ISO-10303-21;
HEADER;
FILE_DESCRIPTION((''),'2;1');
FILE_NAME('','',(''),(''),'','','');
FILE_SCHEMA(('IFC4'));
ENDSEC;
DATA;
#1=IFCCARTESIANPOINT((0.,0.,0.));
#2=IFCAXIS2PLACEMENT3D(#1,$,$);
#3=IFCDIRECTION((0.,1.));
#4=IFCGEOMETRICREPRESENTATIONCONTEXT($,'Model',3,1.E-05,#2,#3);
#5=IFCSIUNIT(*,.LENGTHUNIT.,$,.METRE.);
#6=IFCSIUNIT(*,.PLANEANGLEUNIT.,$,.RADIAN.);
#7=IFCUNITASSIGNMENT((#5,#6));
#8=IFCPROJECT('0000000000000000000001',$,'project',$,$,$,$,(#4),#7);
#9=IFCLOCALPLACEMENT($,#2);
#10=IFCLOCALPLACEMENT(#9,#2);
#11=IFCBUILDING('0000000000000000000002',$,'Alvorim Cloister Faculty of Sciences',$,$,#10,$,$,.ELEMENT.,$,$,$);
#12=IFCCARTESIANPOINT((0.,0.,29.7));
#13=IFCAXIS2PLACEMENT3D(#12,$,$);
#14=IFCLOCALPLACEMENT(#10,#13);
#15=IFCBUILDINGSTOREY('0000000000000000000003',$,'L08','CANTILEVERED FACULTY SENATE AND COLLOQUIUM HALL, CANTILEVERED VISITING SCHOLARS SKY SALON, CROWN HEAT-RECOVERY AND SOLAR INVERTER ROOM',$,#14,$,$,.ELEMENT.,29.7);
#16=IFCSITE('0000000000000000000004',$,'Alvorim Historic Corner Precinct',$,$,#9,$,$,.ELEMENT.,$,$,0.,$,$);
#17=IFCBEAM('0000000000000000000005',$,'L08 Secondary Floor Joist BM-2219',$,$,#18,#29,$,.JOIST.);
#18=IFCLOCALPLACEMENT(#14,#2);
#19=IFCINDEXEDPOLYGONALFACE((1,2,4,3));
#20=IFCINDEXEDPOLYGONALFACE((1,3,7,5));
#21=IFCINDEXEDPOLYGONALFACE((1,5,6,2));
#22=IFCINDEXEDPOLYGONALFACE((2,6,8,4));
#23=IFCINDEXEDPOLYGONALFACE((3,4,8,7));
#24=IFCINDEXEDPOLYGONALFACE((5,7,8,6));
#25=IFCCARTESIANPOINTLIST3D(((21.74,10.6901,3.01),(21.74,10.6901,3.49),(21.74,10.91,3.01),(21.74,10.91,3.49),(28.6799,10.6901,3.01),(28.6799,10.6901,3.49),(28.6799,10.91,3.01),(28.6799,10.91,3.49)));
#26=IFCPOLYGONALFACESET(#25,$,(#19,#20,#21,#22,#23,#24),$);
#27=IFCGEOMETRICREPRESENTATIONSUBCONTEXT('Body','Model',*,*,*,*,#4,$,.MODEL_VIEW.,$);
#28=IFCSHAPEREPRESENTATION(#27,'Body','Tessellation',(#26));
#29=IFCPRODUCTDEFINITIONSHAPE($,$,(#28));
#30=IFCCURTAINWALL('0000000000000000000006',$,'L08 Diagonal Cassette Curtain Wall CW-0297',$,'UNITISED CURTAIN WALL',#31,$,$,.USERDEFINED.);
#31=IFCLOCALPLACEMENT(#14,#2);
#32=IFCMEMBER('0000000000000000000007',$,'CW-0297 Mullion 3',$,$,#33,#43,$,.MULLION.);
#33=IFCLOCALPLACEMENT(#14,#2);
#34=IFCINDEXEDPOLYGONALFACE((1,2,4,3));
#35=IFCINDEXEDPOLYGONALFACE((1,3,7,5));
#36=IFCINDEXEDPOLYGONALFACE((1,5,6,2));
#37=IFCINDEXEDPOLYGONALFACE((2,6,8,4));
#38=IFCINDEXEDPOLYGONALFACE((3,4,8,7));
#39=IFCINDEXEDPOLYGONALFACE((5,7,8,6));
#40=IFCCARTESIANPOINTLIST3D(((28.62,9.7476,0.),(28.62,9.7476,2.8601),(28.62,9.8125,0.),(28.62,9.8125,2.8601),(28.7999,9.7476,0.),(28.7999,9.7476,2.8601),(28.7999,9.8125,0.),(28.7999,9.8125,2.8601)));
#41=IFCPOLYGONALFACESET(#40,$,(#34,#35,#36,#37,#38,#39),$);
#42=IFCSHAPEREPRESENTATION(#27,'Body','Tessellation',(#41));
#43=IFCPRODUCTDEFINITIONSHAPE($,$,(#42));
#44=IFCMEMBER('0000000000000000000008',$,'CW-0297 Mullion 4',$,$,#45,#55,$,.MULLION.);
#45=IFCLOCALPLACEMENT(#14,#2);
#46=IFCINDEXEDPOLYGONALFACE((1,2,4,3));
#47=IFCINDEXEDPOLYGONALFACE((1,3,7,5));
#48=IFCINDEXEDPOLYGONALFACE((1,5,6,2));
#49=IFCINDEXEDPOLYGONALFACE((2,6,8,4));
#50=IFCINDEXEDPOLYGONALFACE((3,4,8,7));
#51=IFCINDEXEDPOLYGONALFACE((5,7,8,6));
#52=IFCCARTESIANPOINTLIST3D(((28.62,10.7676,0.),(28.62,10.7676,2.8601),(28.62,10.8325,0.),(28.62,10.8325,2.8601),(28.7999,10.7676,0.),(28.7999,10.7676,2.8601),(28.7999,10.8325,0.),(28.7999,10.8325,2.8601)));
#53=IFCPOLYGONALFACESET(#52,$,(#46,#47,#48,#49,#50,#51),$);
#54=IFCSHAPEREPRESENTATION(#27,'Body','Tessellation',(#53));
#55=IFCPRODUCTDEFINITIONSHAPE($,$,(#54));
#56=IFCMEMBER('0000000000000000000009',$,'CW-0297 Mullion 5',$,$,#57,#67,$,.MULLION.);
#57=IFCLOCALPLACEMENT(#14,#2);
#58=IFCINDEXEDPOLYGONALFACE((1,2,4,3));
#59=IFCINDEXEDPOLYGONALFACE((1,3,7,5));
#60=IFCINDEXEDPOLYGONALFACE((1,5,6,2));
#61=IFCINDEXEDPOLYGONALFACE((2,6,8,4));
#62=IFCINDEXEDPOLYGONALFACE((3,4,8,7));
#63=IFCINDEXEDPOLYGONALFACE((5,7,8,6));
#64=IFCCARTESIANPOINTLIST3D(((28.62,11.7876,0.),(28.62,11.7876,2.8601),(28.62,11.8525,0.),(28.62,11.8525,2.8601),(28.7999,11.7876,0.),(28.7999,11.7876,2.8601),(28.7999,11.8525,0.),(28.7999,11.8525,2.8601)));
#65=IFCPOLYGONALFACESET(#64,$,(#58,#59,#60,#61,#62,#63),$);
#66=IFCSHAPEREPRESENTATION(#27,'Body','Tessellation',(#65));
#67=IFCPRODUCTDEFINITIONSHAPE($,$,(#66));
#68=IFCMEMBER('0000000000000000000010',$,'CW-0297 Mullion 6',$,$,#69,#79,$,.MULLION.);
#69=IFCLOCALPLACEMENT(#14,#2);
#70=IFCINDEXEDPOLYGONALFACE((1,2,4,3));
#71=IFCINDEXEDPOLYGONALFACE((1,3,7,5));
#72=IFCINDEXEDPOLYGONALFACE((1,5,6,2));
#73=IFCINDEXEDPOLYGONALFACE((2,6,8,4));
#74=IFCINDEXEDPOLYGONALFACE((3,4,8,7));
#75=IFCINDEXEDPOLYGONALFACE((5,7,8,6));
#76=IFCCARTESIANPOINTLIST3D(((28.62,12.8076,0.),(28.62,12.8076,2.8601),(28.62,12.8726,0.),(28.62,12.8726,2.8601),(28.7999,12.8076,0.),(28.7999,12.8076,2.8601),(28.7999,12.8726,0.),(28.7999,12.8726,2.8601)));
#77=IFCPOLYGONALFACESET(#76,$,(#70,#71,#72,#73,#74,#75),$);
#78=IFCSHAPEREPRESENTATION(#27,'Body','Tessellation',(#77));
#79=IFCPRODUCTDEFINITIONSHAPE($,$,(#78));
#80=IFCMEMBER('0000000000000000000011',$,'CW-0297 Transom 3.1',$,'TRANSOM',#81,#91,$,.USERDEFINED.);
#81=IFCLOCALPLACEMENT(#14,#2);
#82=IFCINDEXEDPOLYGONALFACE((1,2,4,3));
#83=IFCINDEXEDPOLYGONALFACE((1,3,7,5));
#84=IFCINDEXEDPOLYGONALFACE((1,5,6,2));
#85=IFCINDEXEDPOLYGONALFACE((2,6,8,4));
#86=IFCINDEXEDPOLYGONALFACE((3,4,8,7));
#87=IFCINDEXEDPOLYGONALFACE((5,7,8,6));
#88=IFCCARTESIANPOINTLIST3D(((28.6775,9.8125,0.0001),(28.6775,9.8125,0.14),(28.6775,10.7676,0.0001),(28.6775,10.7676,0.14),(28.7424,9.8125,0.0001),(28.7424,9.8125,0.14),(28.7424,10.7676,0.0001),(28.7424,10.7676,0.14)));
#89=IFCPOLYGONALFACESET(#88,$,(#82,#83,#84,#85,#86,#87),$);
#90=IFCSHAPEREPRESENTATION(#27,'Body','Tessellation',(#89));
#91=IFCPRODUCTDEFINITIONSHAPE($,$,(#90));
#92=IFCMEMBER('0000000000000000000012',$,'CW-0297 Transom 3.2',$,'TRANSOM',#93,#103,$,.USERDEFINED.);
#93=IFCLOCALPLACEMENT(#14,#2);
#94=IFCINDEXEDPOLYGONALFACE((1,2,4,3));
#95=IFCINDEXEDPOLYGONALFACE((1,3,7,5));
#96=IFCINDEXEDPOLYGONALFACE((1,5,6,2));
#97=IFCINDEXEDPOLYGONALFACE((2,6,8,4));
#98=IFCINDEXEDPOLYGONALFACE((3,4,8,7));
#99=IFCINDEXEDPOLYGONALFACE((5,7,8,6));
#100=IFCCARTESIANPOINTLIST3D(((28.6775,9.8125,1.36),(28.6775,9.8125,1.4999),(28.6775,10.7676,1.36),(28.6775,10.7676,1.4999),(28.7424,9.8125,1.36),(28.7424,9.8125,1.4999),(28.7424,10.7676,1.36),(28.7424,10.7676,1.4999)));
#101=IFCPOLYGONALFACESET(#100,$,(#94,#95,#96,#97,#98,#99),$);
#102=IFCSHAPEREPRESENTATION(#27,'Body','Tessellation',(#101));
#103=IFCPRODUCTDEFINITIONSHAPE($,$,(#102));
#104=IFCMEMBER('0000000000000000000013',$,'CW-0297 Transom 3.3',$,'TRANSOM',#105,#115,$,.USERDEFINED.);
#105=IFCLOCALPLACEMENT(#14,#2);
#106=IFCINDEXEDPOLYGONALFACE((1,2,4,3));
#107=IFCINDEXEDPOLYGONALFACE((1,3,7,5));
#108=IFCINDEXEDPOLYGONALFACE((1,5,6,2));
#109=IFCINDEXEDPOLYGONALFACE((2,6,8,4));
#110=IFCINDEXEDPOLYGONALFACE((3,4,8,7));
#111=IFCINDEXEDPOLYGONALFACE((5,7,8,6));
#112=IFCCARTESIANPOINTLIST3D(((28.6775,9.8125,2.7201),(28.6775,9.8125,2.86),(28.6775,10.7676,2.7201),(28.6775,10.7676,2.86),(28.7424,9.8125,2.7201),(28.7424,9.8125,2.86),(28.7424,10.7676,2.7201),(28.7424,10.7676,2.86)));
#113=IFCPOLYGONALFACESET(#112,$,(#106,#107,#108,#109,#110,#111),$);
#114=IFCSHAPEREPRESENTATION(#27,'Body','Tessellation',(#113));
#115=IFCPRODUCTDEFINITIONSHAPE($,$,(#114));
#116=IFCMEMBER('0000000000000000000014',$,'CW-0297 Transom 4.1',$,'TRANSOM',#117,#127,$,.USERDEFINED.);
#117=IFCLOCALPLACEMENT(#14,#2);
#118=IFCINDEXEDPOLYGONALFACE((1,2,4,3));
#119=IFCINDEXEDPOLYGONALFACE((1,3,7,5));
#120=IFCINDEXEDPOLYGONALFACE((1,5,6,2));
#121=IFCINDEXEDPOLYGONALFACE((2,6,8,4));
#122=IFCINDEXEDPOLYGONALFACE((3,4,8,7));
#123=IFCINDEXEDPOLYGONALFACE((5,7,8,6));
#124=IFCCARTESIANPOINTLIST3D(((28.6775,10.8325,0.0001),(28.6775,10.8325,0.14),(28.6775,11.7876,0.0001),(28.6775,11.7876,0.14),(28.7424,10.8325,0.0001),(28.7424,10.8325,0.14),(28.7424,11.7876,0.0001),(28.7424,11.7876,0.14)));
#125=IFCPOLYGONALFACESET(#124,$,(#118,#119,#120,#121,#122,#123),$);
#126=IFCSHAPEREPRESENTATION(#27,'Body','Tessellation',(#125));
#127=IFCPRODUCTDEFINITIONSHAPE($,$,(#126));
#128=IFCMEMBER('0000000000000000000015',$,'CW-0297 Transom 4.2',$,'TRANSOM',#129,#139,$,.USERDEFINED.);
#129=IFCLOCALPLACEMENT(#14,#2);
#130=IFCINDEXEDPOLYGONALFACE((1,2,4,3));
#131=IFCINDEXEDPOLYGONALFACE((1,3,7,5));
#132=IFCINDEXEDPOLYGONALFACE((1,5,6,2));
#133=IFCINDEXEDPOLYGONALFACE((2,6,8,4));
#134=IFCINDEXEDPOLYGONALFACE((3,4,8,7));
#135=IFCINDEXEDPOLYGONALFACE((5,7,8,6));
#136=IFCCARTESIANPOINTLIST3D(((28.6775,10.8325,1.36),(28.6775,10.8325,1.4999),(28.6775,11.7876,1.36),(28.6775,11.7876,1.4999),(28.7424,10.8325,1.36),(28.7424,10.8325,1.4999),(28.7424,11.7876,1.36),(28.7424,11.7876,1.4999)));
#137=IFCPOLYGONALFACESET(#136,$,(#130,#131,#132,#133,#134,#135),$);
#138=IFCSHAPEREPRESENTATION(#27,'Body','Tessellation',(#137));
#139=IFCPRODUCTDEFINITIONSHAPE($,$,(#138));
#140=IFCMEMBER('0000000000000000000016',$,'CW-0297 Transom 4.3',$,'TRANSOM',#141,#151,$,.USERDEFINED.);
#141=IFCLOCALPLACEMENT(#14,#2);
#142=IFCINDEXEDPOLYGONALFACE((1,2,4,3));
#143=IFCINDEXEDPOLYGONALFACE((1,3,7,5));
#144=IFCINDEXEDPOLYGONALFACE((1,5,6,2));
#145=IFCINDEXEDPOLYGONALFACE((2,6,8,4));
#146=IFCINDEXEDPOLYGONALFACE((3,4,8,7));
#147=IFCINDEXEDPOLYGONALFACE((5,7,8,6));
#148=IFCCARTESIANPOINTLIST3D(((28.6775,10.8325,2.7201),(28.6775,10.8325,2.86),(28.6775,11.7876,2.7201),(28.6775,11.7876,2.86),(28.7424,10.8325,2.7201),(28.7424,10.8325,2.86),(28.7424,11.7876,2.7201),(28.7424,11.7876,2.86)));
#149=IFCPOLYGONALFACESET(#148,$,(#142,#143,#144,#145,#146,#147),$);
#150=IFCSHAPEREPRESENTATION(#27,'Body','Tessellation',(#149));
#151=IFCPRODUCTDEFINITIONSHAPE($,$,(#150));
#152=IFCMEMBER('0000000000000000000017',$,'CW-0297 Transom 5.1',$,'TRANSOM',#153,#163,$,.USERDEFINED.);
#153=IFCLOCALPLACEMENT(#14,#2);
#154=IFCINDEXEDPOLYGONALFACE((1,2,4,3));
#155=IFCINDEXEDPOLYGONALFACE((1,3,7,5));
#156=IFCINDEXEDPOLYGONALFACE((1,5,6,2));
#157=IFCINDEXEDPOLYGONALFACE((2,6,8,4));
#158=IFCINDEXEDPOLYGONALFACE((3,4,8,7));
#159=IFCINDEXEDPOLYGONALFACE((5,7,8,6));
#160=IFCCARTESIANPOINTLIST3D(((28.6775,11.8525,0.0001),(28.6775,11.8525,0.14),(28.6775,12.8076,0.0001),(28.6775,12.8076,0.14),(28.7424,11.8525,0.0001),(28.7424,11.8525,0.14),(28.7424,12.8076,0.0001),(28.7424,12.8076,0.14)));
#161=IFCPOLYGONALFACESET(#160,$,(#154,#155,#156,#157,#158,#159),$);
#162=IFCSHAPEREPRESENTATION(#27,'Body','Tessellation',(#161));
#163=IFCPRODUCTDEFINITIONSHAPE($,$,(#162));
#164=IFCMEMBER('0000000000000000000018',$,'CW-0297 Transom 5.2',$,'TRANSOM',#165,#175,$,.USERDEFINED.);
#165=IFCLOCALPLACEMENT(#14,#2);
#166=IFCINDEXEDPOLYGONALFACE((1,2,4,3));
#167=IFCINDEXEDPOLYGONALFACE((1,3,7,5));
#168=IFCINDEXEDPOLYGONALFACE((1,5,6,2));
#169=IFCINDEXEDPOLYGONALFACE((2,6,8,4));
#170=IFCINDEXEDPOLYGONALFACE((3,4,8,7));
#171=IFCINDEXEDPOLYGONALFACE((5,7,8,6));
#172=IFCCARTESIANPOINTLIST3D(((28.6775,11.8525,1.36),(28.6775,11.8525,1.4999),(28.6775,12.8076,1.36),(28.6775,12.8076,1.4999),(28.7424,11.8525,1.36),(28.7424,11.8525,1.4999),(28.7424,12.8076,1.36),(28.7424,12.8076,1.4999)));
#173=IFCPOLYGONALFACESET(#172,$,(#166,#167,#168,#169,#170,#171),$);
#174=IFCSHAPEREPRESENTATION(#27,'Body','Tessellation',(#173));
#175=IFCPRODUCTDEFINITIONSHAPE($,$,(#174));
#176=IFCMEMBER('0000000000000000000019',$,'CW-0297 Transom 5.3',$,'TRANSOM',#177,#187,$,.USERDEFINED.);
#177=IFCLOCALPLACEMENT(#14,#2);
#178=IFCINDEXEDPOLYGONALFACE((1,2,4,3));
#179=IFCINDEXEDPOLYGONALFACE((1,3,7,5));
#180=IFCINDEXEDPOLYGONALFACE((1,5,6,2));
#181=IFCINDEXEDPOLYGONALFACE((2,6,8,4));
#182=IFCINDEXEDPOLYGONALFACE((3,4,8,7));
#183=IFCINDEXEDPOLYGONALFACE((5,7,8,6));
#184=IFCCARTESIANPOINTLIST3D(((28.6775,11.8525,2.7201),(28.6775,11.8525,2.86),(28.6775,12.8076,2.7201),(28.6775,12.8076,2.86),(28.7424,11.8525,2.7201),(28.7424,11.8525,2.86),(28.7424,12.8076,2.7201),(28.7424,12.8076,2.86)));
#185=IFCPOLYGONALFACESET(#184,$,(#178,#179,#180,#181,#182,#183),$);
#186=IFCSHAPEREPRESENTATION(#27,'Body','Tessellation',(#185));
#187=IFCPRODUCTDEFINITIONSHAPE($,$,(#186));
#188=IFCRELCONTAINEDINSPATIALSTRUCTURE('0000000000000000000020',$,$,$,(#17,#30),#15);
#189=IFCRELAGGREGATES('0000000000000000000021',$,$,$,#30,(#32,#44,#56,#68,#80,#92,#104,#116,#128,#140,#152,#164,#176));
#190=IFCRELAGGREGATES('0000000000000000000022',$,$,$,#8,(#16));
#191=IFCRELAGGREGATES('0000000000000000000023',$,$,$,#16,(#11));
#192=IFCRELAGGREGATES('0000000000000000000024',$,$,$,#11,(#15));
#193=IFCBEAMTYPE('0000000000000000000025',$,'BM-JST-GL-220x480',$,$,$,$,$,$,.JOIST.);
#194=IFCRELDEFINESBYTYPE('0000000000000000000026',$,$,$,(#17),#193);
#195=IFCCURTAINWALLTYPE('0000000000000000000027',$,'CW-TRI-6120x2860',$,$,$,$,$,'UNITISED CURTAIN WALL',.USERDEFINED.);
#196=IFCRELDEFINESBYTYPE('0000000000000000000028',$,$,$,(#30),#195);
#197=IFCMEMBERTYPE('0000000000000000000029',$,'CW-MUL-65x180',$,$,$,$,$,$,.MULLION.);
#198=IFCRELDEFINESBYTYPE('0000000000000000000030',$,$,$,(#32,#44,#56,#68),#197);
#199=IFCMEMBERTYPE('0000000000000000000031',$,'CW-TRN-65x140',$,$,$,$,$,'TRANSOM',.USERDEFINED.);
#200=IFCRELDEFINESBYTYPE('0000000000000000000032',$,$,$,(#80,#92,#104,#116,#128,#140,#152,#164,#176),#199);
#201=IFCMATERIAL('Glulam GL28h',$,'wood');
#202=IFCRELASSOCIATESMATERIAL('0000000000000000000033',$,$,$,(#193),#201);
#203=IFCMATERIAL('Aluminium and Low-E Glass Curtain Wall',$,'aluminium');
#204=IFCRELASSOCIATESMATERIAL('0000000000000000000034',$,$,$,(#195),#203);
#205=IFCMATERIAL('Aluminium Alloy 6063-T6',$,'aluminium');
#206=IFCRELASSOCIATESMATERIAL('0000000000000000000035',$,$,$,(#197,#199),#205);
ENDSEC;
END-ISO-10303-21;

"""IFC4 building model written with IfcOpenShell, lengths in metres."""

from ifc_helpers import new_model, si_unit, direction, frame, origin, origin_2d, place, context, subcontext, project, spatial, rectangle, extrude, material, material_profile, profile_set, type_object, element, aggregate, save


model = new_model("IFC4")

# Units and contexts
model_context = context("Model", 3, precision=1e-05, world=origin(), true_north=direction((0.0, 1.0)))
body_context = subcontext(model_context, "Body", "Model", "MODEL_VIEW")
ifc_project = project(units=[si_unit("LENGTHUNIT", "METRE"), si_unit("PLANEANGLEUNIT", "RADIAN")], contexts=[model_context])

# Site, building, storey
site_placement = place(None, origin())
site = spatial("IfcSite", under=ifc_project, at=site_placement, Name="Alvorim Historic Corner Precinct", CompositionType="ELEMENT", RefElevation=0.0)
building_placement = place(site_placement, origin())
building = spatial("IfcBuilding", under=site, at=building_placement, Name="Alvorim Cloister Faculty of Sciences", CompositionType="ELEMENT")
storey_placement = place(building_placement, frame((0.0, 0.0, 29.7)))
storey = spatial("IfcBuildingStorey", under=building, at=storey_placement, Name="L08", Description="CANTILEVERED FACULTY SENATE AND COLLOQUIUM HALL, CANTILEVERED VISITING SCHOLARS SKY SALON, CROWN HEAT-RECOVERY AND SOLAR INVERTER ROOM", CompositionType="ELEMENT", Elevation=29.7)

# Beam
ifc_material_1 = material(Name="Glulam GL28h", Category="wood")
ifc_material_profile_1 = material_profile(ifc_material_1, rectangle(XDim=0.22, YDim=0.48, at=origin_2d()), Name="GL28-JST-220x480")
ifc_profile_set_1 = profile_set([ifc_material_profile_1], Name="Glulam GL28h")
beam_type = type_object("IfcBeamType", Name="BM-JST-GL-220x480", PredefinedType="JOIST", material=ifc_profile_set_1)
beam_placement = place(storey_placement, frame((21.74, 10.8, 3.25), z_axis=(1.0, 0.0, 0.0), x_axis=(0.0, 1.0, 0.0)))
element("IfcBeam", 1, at=beam_placement, inside=storey, type_object=beam_type, Name="L08 Secondary Floor Joist BM-2219", PredefinedType="JOIST", context=body_context, shape_type="SweptSolid", body=[
    extrude(rectangle(XDim=0.22, YDim=0.48, at=origin_2d()), origin(), (0.0, 0.0, 1.0), 6.9399),
])

# Curtain wall, members
ifc_material_2 = material(Name="Aluminium and Low-E Glass Curtain Wall", Category="aluminium")
curtain_wall_type = type_object("IfcCurtainWallType", Name="CW-TRI-6120x2860", ElementType="UNITISED CURTAIN WALL", PredefinedType="USERDEFINED", material=ifc_material_2)
curtain_wall_placement = place(storey_placement, origin())
curtain_wall = element("IfcCurtainWall", 2, at=curtain_wall_placement, inside=storey, type_object=curtain_wall_type, Name="L08 Diagonal Cassette Curtain Wall CW-0297", ObjectType="UNITISED CURTAIN WALL", PredefinedType="USERDEFINED")
ifc_material_3 = material(Name="Aluminium Alloy 6063-T6", Category="aluminium")
ifc_material_profile_2 = material_profile(ifc_material_3, rectangle(XDim=0.0649, YDim=0.1799, at=origin_2d()), Name="ALU-MUL-65x180")
ifc_profile_set_2 = profile_set([ifc_material_profile_2], Name="Aluminium Alloy 6063-T6")
member_type_1 = type_object("IfcMemberType", Name="CW-MUL-65x180", PredefinedType="MULLION", material=ifc_profile_set_2)
member_1_placement = place(storey_placement, frame((28.71, 9.78, 0.0), z_axis=(0.0, 0.0, 1.0), x_axis=(0.0, 1.0, 0.0)))
member_1 = element("IfcMember", 3, at=member_1_placement, type_object=member_type_1, Name="CW-0297 Mullion 3", PredefinedType="MULLION", context=body_context, shape_type="SweptSolid", body=[
    extrude(rectangle(XDim=0.0649, YDim=0.1799, at=origin_2d()), origin(), (0.0, 0.0, 1.0), 2.8601),
])
member_2_placement = place(storey_placement, frame((28.71, 10.8, 0.0), z_axis=(0.0, 0.0, 1.0), x_axis=(0.0, 1.0, 0.0)))
member_2 = element("IfcMember", 4, at=member_2_placement, type_object=member_type_1, Name="CW-0297 Mullion 4", PredefinedType="MULLION", context=body_context, shape_type="SweptSolid", body=[
    extrude(rectangle(XDim=0.0649, YDim=0.1799, at=origin_2d()), origin(), (0.0, 0.0, 1.0), 2.8601),
])
member_3_placement = place(storey_placement, frame((28.71, 11.8201, 0.0), z_axis=(0.0, 0.0, 1.0), x_axis=(0.0, 1.0, 0.0)))
member_3 = element("IfcMember", 5, at=member_3_placement, type_object=member_type_1, Name="CW-0297 Mullion 5", PredefinedType="MULLION", context=body_context, shape_type="SweptSolid", body=[
    extrude(rectangle(XDim=0.0649, YDim=0.1799, at=origin_2d()), origin(), (0.0, 0.0, 1.0), 2.8601),
])
member_4_placement = place(storey_placement, frame((28.71, 12.8401, 0.0), z_axis=(0.0, 0.0, 1.0), x_axis=(0.0, 1.0, 0.0)))
member_4 = element("IfcMember", 6, at=member_4_placement, type_object=member_type_1, Name="CW-0297 Mullion 6", PredefinedType="MULLION", context=body_context, shape_type="SweptSolid", body=[
    extrude(rectangle(XDim=0.0649, YDim=0.1799, at=origin_2d()), origin(), (0.0, 0.0, 1.0), 2.8601),
])
ifc_material_profile_3 = material_profile(ifc_material_3, rectangle(XDim=0.0649, YDim=0.1399, at=origin_2d()), Name="ALU-TRN-65x140")
ifc_profile_set_3 = profile_set([ifc_material_profile_3], Name="Aluminium Alloy 6063-T6")
member_type_2 = type_object("IfcMemberType", Name="CW-TRN-65x140", ElementType="TRANSOM", PredefinedType="USERDEFINED", material=ifc_profile_set_3)
member_5_placement = place(storey_placement, frame((28.71, 9.8125, 0.0701), z_axis=(0.0, 1.0, 0.0), x_axis=(-1.0, 0.0, 0.0)))
member_5 = element("IfcMember", 7, at=member_5_placement, type_object=member_type_2, Name="CW-0297 Transom 3.1", ObjectType="TRANSOM", PredefinedType="USERDEFINED", context=body_context, shape_type="SweptSolid", body=[
    extrude(rectangle(XDim=0.0649, YDim=0.1399, at=origin_2d()), origin(), (0.0, 0.0, 1.0), 0.9551),
])
member_6_placement = place(storey_placement, frame((28.71, 9.8125, 1.4299), z_axis=(0.0, 1.0, 0.0), x_axis=(-1.0, 0.0, 0.0)))
member_6 = element("IfcMember", 8, at=member_6_placement, type_object=member_type_2, Name="CW-0297 Transom 3.2", ObjectType="TRANSOM", PredefinedType="USERDEFINED", context=body_context, shape_type="SweptSolid", body=[
    extrude(rectangle(XDim=0.0649, YDim=0.1399, at=origin_2d()), origin(), (0.0, 0.0, 1.0), 0.9551),
])
member_7_placement = place(storey_placement, frame((28.71, 9.8125, 2.79), z_axis=(0.0, 1.0, 0.0), x_axis=(-1.0, 0.0, 0.0)))
member_7 = element("IfcMember", 9, at=member_7_placement, type_object=member_type_2, Name="CW-0297 Transom 3.3", ObjectType="TRANSOM", PredefinedType="USERDEFINED", context=body_context, shape_type="SweptSolid", body=[
    extrude(rectangle(XDim=0.0649, YDim=0.1399, at=origin_2d()), origin(), (0.0, 0.0, 1.0), 0.9551),
])
member_8_placement = place(storey_placement, frame((28.71, 10.8325, 0.0701), z_axis=(0.0, 1.0, 0.0), x_axis=(-1.0, 0.0, 0.0)))
member_8 = element("IfcMember", 10, at=member_8_placement, type_object=member_type_2, Name="CW-0297 Transom 4.1", ObjectType="TRANSOM", PredefinedType="USERDEFINED", context=body_context, shape_type="SweptSolid", body=[
    extrude(rectangle(XDim=0.0649, YDim=0.1399, at=origin_2d()), origin(), (0.0, 0.0, 1.0), 0.9551),
])
member_9_placement = place(storey_placement, frame((28.71, 10.8325, 1.4299), z_axis=(0.0, 1.0, 0.0), x_axis=(-1.0, 0.0, 0.0)))
member_9 = element("IfcMember", 11, at=member_9_placement, type_object=member_type_2, Name="CW-0297 Transom 4.2", ObjectType="TRANSOM", PredefinedType="USERDEFINED", context=body_context, shape_type="SweptSolid", body=[
    extrude(rectangle(XDim=0.0649, YDim=0.1399, at=origin_2d()), origin(), (0.0, 0.0, 1.0), 0.9551),
])
member_10_placement = place(storey_placement, frame((28.71, 10.8325, 2.79), z_axis=(0.0, 1.0, 0.0), x_axis=(-1.0, 0.0, 0.0)))
member_10 = element("IfcMember", 12, at=member_10_placement, type_object=member_type_2, Name="CW-0297 Transom 4.3", ObjectType="TRANSOM", PredefinedType="USERDEFINED", context=body_context, shape_type="SweptSolid", body=[
    extrude(rectangle(XDim=0.0649, YDim=0.1399, at=origin_2d()), origin(), (0.0, 0.0, 1.0), 0.9551),
])
member_11_placement = place(storey_placement, frame((28.71, 11.8525, 0.0701), z_axis=(0.0, 1.0, 0.0), x_axis=(-1.0, 0.0, 0.0)))
member_11 = element("IfcMember", 13, at=member_11_placement, type_object=member_type_2, Name="CW-0297 Transom 5.1", ObjectType="TRANSOM", PredefinedType="USERDEFINED", context=body_context, shape_type="SweptSolid", body=[
    extrude(rectangle(XDim=0.0649, YDim=0.1399, at=origin_2d()), origin(), (0.0, 0.0, 1.0), 0.9551),
])
member_12_placement = place(storey_placement, frame((28.71, 11.8525, 1.4299), z_axis=(0.0, 1.0, 0.0), x_axis=(-1.0, 0.0, 0.0)))
member_12 = element("IfcMember", 14, at=member_12_placement, type_object=member_type_2, Name="CW-0297 Transom 5.2", ObjectType="TRANSOM", PredefinedType="USERDEFINED", context=body_context, shape_type="SweptSolid", body=[
    extrude(rectangle(XDim=0.0649, YDim=0.1399, at=origin_2d()), origin(), (0.0, 0.0, 1.0), 0.9551),
])
member_13_placement = place(storey_placement, frame((28.71, 11.8525, 2.79), z_axis=(0.0, 1.0, 0.0), x_axis=(-1.0, 0.0, 0.0)))
member_13 = element("IfcMember", 15, at=member_13_placement, type_object=member_type_2, Name="CW-0297 Transom 5.3", ObjectType="TRANSOM", PredefinedType="USERDEFINED", context=body_context, shape_type="SweptSolid", body=[
    extrude(rectangle(XDim=0.0649, YDim=0.1399, at=origin_2d()), origin(), (0.0, 0.0, 1.0), 0.9551),
])
aggregate(curtain_wall, [member_1, member_2, member_3, member_4, member_5, member_6, member_7, member_8, member_9, member_10, member_11, member_12, member_13])

save(model, "model.ifc")
